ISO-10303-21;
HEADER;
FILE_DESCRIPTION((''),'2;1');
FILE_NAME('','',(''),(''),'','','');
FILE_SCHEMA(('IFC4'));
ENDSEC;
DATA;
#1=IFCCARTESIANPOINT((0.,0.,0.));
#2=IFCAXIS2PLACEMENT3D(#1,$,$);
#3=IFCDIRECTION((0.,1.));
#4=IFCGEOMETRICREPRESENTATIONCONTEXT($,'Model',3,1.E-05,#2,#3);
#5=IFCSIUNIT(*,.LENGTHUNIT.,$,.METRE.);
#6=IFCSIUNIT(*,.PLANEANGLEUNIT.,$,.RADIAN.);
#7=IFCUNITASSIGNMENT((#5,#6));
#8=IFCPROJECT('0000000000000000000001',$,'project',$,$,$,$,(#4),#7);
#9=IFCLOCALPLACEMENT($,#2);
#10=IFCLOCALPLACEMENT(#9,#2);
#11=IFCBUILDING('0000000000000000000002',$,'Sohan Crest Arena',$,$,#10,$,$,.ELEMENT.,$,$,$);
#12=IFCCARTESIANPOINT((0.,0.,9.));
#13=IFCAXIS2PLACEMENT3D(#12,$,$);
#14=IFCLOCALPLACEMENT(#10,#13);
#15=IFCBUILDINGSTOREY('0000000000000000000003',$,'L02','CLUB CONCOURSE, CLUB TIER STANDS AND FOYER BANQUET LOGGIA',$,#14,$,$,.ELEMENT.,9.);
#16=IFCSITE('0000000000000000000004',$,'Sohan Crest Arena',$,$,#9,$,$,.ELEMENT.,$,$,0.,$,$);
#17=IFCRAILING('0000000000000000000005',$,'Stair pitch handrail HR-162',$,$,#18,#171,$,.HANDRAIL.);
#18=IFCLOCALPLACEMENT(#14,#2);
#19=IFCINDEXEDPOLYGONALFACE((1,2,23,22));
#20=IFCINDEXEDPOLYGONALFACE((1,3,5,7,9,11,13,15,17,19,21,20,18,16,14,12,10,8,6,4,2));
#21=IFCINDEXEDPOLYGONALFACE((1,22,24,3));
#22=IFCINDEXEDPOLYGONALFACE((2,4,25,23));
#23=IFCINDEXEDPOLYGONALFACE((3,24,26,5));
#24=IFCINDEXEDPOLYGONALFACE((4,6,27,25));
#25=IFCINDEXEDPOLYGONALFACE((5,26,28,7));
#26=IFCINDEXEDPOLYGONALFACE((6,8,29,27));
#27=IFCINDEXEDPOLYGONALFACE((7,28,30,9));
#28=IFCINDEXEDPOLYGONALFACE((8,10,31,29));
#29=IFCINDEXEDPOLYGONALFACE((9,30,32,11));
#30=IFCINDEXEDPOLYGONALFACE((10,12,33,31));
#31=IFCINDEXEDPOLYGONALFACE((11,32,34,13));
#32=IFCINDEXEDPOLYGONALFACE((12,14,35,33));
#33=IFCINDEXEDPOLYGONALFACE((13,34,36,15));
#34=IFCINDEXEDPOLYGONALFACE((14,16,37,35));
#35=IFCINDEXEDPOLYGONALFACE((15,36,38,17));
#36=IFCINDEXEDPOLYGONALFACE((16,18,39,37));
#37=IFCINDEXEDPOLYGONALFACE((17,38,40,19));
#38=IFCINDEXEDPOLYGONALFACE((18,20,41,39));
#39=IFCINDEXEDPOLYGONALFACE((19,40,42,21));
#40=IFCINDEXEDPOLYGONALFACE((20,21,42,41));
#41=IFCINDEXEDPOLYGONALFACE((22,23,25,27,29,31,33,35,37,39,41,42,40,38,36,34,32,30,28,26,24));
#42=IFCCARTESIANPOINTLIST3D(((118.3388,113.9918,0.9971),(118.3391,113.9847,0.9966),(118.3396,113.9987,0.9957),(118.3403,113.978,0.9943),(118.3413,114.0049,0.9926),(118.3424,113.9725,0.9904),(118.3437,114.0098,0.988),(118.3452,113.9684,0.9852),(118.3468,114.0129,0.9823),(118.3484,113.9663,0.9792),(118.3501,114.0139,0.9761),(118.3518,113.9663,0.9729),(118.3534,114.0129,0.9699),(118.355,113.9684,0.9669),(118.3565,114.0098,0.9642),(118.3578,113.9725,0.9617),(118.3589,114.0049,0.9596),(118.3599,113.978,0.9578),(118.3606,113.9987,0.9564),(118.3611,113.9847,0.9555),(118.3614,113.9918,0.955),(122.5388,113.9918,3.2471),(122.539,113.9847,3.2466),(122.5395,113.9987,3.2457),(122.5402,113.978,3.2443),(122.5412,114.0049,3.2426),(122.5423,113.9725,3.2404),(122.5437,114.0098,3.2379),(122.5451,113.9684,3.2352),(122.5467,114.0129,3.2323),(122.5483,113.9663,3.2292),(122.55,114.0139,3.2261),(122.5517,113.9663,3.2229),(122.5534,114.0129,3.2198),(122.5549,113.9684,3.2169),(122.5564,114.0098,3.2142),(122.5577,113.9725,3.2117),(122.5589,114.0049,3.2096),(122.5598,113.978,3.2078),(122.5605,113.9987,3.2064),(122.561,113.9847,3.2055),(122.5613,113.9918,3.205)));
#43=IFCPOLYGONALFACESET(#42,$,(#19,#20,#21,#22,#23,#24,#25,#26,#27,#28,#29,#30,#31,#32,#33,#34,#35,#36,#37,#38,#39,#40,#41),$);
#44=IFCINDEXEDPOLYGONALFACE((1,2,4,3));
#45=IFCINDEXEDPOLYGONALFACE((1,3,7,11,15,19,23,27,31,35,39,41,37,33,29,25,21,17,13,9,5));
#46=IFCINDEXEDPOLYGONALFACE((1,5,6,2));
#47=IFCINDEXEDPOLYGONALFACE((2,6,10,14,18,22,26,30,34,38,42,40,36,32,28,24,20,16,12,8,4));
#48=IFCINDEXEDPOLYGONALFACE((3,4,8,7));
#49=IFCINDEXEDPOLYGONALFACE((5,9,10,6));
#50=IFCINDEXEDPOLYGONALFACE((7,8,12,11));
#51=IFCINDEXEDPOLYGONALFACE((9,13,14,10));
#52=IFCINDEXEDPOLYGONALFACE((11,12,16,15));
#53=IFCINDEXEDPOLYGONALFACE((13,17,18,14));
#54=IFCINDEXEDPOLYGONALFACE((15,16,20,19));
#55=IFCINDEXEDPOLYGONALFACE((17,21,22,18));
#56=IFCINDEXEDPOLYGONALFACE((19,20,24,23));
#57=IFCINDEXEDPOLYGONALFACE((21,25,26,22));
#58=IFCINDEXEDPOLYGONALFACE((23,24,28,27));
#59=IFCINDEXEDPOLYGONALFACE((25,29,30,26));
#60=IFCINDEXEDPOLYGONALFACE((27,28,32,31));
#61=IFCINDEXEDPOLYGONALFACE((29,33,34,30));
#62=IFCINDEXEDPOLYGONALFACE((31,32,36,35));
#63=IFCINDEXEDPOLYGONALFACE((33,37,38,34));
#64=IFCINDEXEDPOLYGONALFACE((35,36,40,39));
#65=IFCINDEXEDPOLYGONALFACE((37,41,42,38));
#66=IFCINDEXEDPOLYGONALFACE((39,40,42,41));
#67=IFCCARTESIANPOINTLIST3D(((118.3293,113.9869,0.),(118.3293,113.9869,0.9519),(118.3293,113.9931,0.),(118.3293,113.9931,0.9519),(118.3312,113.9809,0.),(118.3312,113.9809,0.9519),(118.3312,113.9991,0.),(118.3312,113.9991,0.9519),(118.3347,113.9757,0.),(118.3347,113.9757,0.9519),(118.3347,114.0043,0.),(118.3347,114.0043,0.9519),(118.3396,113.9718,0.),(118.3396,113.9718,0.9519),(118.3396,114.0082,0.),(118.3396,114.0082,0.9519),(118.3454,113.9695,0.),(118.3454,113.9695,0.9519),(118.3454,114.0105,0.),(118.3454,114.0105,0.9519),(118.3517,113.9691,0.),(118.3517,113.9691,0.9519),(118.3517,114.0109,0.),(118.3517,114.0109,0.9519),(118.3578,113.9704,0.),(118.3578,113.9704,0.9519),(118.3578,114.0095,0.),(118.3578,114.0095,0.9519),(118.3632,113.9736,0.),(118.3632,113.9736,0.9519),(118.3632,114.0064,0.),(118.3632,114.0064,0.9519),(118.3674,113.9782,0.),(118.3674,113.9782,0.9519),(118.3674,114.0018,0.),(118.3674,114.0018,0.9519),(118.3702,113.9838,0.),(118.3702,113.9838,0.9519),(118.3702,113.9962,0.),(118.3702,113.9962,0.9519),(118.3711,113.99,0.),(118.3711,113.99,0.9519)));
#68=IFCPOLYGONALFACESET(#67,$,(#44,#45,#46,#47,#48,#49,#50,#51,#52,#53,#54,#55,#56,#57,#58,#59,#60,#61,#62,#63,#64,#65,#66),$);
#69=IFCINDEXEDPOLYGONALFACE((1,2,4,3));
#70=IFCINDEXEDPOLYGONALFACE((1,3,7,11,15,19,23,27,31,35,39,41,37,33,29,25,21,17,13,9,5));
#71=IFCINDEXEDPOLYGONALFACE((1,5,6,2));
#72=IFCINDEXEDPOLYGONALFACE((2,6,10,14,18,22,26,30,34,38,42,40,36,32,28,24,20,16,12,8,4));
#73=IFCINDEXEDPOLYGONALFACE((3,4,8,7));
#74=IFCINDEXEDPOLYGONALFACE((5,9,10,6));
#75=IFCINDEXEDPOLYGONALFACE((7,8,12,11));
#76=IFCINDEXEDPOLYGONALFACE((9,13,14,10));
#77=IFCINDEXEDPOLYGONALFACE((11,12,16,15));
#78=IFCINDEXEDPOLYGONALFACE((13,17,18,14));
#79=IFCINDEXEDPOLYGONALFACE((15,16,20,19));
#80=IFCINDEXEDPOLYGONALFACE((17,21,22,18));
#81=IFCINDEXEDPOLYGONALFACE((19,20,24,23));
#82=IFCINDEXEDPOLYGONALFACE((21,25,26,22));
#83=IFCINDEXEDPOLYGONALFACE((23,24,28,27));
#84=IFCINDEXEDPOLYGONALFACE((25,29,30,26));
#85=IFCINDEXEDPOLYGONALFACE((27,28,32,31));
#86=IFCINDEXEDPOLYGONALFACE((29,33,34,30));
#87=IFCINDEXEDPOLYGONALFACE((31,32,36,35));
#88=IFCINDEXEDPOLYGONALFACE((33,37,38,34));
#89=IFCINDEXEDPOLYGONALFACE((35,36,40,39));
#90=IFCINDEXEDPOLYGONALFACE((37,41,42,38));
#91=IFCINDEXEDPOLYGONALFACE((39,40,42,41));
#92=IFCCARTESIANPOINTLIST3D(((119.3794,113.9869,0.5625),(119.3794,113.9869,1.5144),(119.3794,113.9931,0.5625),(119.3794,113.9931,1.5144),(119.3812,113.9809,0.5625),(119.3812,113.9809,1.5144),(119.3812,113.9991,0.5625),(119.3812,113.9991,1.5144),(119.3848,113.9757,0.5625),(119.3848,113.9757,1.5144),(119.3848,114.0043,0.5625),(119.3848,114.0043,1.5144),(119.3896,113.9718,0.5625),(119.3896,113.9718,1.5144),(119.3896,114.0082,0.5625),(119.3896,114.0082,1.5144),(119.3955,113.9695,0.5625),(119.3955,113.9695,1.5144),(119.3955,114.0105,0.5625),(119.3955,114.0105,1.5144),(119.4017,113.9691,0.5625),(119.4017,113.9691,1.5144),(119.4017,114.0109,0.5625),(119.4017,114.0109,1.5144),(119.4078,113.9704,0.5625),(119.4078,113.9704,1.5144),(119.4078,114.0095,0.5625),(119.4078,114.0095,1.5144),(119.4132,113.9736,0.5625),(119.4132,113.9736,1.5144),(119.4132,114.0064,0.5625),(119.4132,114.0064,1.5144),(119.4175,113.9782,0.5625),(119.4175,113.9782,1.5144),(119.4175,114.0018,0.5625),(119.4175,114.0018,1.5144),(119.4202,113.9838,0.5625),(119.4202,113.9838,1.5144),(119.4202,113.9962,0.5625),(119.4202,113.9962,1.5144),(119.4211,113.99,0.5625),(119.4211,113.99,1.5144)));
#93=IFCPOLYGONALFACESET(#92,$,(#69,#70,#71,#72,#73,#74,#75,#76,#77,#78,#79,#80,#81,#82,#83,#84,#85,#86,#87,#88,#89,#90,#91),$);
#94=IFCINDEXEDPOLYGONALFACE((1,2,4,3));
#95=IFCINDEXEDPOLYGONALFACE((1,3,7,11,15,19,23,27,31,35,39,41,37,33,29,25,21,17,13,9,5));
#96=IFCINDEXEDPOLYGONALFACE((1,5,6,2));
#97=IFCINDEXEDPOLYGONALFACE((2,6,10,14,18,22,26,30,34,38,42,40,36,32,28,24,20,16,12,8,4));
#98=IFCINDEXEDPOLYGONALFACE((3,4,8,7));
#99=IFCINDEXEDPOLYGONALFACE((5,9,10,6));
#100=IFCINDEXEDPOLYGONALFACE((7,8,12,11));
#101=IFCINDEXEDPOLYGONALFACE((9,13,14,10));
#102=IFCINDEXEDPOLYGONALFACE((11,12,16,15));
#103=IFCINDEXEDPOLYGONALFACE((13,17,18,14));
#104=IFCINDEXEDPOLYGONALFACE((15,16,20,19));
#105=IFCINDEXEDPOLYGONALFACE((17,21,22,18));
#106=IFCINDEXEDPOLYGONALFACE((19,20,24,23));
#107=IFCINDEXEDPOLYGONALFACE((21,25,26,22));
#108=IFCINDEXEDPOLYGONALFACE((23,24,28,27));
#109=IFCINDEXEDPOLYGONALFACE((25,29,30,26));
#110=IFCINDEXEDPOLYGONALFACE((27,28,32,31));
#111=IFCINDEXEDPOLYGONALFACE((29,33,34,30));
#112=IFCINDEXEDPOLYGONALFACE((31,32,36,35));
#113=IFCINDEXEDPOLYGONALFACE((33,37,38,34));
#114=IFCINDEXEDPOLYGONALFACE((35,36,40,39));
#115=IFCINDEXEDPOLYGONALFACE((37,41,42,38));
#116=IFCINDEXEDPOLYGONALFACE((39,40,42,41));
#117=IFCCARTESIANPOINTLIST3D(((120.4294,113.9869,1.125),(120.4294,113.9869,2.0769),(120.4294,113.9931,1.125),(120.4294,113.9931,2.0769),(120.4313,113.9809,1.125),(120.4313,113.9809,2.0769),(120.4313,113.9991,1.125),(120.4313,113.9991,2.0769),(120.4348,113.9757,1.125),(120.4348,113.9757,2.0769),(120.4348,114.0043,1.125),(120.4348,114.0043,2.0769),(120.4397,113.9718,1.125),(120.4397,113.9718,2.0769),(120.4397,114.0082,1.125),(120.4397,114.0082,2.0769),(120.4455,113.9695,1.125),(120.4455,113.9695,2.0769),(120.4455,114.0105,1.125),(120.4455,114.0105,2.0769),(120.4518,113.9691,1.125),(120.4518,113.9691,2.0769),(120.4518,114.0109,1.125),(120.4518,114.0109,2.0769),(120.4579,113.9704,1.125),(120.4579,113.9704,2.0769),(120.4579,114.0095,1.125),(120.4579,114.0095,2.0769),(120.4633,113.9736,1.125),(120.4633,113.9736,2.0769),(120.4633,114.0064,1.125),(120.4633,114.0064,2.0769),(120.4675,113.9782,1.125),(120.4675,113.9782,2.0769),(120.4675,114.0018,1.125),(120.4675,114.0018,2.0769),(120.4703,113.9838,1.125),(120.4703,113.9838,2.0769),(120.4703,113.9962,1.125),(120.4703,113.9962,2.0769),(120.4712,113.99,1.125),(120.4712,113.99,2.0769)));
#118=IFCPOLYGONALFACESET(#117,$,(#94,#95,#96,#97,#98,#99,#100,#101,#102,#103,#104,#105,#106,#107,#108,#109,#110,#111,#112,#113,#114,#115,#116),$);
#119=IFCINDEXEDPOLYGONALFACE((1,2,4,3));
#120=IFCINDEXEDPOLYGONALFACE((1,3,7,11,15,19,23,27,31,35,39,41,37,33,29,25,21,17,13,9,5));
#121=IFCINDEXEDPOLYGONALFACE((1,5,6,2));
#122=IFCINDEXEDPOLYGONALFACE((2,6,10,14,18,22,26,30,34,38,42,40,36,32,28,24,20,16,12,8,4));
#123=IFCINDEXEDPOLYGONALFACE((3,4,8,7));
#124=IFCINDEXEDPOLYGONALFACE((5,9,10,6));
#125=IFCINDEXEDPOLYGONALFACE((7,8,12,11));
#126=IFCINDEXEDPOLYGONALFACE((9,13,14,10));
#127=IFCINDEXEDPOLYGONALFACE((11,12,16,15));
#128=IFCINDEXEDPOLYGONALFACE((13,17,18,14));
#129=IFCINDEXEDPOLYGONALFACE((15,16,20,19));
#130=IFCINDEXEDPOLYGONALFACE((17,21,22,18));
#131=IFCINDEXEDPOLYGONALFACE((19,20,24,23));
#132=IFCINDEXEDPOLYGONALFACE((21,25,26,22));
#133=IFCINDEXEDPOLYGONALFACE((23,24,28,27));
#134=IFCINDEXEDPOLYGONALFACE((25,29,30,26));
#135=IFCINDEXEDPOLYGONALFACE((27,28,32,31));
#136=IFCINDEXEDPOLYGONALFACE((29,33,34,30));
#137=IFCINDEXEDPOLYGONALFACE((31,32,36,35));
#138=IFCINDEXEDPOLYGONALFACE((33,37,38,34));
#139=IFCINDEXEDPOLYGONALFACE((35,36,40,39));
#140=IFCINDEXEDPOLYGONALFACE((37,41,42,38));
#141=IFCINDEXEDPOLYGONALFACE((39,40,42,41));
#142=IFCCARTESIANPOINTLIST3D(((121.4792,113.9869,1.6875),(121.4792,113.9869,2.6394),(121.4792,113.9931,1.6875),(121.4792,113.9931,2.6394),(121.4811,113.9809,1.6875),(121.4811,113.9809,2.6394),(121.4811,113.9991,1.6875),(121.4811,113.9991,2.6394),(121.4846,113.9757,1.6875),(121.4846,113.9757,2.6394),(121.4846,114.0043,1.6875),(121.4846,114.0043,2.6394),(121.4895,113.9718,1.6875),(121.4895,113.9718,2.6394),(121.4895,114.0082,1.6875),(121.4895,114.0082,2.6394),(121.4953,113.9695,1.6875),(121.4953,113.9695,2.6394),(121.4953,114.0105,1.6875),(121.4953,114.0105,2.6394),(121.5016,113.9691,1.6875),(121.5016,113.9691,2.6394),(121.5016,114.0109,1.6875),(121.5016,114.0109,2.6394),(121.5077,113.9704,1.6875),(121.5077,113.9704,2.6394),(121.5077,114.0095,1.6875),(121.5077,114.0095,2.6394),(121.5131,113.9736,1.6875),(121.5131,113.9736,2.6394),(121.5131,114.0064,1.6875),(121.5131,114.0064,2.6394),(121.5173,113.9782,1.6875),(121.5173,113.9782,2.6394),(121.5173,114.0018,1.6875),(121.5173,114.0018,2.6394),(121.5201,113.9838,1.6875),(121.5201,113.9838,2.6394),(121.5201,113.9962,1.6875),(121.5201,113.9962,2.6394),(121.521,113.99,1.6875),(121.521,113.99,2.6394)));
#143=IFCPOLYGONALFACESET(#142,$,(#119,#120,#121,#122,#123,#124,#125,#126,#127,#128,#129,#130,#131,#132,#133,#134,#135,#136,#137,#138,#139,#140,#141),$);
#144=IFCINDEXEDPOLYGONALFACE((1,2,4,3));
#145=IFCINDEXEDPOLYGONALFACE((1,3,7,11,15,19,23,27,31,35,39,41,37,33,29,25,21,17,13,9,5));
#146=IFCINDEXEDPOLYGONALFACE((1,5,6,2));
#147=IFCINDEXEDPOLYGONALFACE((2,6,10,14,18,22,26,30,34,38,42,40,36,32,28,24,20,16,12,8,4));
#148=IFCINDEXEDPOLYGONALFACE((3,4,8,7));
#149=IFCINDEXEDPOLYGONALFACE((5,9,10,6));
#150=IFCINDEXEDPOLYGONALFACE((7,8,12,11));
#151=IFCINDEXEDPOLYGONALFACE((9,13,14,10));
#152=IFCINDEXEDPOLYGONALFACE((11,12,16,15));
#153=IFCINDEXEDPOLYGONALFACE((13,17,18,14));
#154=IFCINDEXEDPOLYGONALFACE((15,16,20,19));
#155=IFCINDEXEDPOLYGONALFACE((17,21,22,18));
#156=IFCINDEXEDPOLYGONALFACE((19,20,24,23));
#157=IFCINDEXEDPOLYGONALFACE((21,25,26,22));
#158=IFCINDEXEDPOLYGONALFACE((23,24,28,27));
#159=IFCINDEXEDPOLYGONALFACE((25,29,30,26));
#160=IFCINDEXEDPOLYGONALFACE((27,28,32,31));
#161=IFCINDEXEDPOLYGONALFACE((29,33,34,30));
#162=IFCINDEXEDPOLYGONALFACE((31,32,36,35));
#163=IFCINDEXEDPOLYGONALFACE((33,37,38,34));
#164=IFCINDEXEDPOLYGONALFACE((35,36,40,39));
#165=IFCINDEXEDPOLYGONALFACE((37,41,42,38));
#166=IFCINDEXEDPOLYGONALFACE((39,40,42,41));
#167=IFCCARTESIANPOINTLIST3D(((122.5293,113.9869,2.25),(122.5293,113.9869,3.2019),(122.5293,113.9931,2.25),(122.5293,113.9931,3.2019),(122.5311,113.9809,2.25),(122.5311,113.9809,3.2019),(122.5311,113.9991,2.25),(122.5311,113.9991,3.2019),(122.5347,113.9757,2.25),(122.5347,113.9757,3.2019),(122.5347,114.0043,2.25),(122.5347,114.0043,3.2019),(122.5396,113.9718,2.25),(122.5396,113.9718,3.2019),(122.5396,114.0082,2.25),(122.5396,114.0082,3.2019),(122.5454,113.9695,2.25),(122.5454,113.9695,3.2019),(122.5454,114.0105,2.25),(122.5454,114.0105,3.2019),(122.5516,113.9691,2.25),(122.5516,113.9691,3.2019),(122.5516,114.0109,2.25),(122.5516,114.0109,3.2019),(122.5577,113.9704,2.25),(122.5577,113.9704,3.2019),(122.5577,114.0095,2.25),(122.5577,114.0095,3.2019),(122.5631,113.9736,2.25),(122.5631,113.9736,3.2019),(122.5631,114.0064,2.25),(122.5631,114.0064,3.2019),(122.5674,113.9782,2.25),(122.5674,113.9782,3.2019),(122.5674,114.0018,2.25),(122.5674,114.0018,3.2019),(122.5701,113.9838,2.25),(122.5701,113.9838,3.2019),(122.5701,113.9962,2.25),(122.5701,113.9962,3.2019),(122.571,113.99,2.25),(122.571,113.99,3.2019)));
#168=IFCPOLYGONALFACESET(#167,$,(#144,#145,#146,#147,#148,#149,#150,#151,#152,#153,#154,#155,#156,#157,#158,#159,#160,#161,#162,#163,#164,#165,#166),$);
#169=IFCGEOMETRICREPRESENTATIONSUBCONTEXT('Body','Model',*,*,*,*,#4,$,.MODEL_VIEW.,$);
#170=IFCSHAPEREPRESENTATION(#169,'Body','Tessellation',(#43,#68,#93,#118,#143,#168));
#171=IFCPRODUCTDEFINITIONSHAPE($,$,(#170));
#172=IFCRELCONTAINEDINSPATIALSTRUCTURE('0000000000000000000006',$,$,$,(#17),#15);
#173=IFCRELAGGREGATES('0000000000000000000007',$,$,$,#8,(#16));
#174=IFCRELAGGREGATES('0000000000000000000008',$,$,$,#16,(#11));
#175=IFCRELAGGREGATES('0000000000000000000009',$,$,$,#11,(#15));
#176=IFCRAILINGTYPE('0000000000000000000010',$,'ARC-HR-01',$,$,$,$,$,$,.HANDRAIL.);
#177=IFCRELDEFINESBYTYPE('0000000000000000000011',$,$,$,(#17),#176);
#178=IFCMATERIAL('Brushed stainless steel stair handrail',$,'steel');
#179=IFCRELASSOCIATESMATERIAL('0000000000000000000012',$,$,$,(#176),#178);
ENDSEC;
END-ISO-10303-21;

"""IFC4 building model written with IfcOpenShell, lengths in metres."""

from ifc_helpers import new_model, si_unit, direction, frame, origin, origin_2d, place, context, subcontext, project, spatial, circle, extrude, material, type_object, element, save


model = new_model("IFC4")

# Units and contexts
model_context = context("Model", 3, precision=1e-05, world=origin(), true_north=direction((0.0, 1.0)))
body_context = subcontext(model_context, "Body", "Model", "MODEL_VIEW")
ifc_project = project(units=[si_unit("LENGTHUNIT", "METRE"), si_unit("PLANEANGLEUNIT", "RADIAN")], contexts=[model_context])

# Site, building, storey
site_placement = place(None, origin())
site = spatial("IfcSite", under=ifc_project, at=site_placement, Name="Sohan Crest Arena", CompositionType="ELEMENT", RefElevation=0.0)
building_placement = place(site_placement, origin())
building = spatial("IfcBuilding", under=site, at=building_placement, Name="Sohan Crest Arena", CompositionType="ELEMENT")
storey_placement = place(building_placement, frame((0.0, 0.0, 9.0)))
storey = spatial("IfcBuildingStorey", under=building, at=storey_placement, Name="L02", Description="CLUB CONCOURSE, CLUB TIER STANDS AND FOYER BANQUET LOGGIA", CompositionType="ELEMENT", Elevation=9.0)

# Railing
ifc_material_1 = material(Name="Brushed stainless steel stair handrail", Category="steel")
railing_type_1 = type_object("IfcRailingType", Name="ARC-HR-01", PredefinedType="HANDRAIL", material=ifc_material_1)
for number, where, name in (
    (1, (118.3501, 113.99, 0.0), "Stair pitch handrail HR-162"),
):
    element("IfcRailing", number, at=place(storey_placement, frame(where)), inside=storey, type_object=railing_type_1, Name=name, PredefinedType="HANDRAIL", context=body_context, shape_type="SweptSolid", body=[
        extrude(circle(Radius=0.0239, at=origin_2d()), frame((0.0, 0.0, 0.9761), z_axis=(0.881478, 0.0, 0.472226), x_axis=(0.0, 1.0, 0.0)), (0.0, 0.0, 1.0), 4.7646),
        extrude(circle(Radius=0.021, at=origin_2d()), origin(), (0.0, 0.0, 1.0), 0.9519),
        extrude(circle(Radius=0.021, at=origin_2d()), frame((1.05, 0.0, 0.5625)), (0.0, 0.0, 1.0), 0.9519),
        extrude(circle(Radius=0.021, at=origin_2d()), frame((2.1001, 0.0, 1.125)), (0.0, 0.0, 1.0), 0.9519),
        extrude(circle(Radius=0.021, at=origin_2d()), frame((3.1499, 0.0, 1.6875)), (0.0, 0.0, 1.0), 0.9519),
        extrude(circle(Radius=0.021, at=origin_2d()), frame((4.2, 0.0, 2.25)), (0.0, 0.0, 1.0), 0.9519),
    ])

save(model, "model.ifc")
